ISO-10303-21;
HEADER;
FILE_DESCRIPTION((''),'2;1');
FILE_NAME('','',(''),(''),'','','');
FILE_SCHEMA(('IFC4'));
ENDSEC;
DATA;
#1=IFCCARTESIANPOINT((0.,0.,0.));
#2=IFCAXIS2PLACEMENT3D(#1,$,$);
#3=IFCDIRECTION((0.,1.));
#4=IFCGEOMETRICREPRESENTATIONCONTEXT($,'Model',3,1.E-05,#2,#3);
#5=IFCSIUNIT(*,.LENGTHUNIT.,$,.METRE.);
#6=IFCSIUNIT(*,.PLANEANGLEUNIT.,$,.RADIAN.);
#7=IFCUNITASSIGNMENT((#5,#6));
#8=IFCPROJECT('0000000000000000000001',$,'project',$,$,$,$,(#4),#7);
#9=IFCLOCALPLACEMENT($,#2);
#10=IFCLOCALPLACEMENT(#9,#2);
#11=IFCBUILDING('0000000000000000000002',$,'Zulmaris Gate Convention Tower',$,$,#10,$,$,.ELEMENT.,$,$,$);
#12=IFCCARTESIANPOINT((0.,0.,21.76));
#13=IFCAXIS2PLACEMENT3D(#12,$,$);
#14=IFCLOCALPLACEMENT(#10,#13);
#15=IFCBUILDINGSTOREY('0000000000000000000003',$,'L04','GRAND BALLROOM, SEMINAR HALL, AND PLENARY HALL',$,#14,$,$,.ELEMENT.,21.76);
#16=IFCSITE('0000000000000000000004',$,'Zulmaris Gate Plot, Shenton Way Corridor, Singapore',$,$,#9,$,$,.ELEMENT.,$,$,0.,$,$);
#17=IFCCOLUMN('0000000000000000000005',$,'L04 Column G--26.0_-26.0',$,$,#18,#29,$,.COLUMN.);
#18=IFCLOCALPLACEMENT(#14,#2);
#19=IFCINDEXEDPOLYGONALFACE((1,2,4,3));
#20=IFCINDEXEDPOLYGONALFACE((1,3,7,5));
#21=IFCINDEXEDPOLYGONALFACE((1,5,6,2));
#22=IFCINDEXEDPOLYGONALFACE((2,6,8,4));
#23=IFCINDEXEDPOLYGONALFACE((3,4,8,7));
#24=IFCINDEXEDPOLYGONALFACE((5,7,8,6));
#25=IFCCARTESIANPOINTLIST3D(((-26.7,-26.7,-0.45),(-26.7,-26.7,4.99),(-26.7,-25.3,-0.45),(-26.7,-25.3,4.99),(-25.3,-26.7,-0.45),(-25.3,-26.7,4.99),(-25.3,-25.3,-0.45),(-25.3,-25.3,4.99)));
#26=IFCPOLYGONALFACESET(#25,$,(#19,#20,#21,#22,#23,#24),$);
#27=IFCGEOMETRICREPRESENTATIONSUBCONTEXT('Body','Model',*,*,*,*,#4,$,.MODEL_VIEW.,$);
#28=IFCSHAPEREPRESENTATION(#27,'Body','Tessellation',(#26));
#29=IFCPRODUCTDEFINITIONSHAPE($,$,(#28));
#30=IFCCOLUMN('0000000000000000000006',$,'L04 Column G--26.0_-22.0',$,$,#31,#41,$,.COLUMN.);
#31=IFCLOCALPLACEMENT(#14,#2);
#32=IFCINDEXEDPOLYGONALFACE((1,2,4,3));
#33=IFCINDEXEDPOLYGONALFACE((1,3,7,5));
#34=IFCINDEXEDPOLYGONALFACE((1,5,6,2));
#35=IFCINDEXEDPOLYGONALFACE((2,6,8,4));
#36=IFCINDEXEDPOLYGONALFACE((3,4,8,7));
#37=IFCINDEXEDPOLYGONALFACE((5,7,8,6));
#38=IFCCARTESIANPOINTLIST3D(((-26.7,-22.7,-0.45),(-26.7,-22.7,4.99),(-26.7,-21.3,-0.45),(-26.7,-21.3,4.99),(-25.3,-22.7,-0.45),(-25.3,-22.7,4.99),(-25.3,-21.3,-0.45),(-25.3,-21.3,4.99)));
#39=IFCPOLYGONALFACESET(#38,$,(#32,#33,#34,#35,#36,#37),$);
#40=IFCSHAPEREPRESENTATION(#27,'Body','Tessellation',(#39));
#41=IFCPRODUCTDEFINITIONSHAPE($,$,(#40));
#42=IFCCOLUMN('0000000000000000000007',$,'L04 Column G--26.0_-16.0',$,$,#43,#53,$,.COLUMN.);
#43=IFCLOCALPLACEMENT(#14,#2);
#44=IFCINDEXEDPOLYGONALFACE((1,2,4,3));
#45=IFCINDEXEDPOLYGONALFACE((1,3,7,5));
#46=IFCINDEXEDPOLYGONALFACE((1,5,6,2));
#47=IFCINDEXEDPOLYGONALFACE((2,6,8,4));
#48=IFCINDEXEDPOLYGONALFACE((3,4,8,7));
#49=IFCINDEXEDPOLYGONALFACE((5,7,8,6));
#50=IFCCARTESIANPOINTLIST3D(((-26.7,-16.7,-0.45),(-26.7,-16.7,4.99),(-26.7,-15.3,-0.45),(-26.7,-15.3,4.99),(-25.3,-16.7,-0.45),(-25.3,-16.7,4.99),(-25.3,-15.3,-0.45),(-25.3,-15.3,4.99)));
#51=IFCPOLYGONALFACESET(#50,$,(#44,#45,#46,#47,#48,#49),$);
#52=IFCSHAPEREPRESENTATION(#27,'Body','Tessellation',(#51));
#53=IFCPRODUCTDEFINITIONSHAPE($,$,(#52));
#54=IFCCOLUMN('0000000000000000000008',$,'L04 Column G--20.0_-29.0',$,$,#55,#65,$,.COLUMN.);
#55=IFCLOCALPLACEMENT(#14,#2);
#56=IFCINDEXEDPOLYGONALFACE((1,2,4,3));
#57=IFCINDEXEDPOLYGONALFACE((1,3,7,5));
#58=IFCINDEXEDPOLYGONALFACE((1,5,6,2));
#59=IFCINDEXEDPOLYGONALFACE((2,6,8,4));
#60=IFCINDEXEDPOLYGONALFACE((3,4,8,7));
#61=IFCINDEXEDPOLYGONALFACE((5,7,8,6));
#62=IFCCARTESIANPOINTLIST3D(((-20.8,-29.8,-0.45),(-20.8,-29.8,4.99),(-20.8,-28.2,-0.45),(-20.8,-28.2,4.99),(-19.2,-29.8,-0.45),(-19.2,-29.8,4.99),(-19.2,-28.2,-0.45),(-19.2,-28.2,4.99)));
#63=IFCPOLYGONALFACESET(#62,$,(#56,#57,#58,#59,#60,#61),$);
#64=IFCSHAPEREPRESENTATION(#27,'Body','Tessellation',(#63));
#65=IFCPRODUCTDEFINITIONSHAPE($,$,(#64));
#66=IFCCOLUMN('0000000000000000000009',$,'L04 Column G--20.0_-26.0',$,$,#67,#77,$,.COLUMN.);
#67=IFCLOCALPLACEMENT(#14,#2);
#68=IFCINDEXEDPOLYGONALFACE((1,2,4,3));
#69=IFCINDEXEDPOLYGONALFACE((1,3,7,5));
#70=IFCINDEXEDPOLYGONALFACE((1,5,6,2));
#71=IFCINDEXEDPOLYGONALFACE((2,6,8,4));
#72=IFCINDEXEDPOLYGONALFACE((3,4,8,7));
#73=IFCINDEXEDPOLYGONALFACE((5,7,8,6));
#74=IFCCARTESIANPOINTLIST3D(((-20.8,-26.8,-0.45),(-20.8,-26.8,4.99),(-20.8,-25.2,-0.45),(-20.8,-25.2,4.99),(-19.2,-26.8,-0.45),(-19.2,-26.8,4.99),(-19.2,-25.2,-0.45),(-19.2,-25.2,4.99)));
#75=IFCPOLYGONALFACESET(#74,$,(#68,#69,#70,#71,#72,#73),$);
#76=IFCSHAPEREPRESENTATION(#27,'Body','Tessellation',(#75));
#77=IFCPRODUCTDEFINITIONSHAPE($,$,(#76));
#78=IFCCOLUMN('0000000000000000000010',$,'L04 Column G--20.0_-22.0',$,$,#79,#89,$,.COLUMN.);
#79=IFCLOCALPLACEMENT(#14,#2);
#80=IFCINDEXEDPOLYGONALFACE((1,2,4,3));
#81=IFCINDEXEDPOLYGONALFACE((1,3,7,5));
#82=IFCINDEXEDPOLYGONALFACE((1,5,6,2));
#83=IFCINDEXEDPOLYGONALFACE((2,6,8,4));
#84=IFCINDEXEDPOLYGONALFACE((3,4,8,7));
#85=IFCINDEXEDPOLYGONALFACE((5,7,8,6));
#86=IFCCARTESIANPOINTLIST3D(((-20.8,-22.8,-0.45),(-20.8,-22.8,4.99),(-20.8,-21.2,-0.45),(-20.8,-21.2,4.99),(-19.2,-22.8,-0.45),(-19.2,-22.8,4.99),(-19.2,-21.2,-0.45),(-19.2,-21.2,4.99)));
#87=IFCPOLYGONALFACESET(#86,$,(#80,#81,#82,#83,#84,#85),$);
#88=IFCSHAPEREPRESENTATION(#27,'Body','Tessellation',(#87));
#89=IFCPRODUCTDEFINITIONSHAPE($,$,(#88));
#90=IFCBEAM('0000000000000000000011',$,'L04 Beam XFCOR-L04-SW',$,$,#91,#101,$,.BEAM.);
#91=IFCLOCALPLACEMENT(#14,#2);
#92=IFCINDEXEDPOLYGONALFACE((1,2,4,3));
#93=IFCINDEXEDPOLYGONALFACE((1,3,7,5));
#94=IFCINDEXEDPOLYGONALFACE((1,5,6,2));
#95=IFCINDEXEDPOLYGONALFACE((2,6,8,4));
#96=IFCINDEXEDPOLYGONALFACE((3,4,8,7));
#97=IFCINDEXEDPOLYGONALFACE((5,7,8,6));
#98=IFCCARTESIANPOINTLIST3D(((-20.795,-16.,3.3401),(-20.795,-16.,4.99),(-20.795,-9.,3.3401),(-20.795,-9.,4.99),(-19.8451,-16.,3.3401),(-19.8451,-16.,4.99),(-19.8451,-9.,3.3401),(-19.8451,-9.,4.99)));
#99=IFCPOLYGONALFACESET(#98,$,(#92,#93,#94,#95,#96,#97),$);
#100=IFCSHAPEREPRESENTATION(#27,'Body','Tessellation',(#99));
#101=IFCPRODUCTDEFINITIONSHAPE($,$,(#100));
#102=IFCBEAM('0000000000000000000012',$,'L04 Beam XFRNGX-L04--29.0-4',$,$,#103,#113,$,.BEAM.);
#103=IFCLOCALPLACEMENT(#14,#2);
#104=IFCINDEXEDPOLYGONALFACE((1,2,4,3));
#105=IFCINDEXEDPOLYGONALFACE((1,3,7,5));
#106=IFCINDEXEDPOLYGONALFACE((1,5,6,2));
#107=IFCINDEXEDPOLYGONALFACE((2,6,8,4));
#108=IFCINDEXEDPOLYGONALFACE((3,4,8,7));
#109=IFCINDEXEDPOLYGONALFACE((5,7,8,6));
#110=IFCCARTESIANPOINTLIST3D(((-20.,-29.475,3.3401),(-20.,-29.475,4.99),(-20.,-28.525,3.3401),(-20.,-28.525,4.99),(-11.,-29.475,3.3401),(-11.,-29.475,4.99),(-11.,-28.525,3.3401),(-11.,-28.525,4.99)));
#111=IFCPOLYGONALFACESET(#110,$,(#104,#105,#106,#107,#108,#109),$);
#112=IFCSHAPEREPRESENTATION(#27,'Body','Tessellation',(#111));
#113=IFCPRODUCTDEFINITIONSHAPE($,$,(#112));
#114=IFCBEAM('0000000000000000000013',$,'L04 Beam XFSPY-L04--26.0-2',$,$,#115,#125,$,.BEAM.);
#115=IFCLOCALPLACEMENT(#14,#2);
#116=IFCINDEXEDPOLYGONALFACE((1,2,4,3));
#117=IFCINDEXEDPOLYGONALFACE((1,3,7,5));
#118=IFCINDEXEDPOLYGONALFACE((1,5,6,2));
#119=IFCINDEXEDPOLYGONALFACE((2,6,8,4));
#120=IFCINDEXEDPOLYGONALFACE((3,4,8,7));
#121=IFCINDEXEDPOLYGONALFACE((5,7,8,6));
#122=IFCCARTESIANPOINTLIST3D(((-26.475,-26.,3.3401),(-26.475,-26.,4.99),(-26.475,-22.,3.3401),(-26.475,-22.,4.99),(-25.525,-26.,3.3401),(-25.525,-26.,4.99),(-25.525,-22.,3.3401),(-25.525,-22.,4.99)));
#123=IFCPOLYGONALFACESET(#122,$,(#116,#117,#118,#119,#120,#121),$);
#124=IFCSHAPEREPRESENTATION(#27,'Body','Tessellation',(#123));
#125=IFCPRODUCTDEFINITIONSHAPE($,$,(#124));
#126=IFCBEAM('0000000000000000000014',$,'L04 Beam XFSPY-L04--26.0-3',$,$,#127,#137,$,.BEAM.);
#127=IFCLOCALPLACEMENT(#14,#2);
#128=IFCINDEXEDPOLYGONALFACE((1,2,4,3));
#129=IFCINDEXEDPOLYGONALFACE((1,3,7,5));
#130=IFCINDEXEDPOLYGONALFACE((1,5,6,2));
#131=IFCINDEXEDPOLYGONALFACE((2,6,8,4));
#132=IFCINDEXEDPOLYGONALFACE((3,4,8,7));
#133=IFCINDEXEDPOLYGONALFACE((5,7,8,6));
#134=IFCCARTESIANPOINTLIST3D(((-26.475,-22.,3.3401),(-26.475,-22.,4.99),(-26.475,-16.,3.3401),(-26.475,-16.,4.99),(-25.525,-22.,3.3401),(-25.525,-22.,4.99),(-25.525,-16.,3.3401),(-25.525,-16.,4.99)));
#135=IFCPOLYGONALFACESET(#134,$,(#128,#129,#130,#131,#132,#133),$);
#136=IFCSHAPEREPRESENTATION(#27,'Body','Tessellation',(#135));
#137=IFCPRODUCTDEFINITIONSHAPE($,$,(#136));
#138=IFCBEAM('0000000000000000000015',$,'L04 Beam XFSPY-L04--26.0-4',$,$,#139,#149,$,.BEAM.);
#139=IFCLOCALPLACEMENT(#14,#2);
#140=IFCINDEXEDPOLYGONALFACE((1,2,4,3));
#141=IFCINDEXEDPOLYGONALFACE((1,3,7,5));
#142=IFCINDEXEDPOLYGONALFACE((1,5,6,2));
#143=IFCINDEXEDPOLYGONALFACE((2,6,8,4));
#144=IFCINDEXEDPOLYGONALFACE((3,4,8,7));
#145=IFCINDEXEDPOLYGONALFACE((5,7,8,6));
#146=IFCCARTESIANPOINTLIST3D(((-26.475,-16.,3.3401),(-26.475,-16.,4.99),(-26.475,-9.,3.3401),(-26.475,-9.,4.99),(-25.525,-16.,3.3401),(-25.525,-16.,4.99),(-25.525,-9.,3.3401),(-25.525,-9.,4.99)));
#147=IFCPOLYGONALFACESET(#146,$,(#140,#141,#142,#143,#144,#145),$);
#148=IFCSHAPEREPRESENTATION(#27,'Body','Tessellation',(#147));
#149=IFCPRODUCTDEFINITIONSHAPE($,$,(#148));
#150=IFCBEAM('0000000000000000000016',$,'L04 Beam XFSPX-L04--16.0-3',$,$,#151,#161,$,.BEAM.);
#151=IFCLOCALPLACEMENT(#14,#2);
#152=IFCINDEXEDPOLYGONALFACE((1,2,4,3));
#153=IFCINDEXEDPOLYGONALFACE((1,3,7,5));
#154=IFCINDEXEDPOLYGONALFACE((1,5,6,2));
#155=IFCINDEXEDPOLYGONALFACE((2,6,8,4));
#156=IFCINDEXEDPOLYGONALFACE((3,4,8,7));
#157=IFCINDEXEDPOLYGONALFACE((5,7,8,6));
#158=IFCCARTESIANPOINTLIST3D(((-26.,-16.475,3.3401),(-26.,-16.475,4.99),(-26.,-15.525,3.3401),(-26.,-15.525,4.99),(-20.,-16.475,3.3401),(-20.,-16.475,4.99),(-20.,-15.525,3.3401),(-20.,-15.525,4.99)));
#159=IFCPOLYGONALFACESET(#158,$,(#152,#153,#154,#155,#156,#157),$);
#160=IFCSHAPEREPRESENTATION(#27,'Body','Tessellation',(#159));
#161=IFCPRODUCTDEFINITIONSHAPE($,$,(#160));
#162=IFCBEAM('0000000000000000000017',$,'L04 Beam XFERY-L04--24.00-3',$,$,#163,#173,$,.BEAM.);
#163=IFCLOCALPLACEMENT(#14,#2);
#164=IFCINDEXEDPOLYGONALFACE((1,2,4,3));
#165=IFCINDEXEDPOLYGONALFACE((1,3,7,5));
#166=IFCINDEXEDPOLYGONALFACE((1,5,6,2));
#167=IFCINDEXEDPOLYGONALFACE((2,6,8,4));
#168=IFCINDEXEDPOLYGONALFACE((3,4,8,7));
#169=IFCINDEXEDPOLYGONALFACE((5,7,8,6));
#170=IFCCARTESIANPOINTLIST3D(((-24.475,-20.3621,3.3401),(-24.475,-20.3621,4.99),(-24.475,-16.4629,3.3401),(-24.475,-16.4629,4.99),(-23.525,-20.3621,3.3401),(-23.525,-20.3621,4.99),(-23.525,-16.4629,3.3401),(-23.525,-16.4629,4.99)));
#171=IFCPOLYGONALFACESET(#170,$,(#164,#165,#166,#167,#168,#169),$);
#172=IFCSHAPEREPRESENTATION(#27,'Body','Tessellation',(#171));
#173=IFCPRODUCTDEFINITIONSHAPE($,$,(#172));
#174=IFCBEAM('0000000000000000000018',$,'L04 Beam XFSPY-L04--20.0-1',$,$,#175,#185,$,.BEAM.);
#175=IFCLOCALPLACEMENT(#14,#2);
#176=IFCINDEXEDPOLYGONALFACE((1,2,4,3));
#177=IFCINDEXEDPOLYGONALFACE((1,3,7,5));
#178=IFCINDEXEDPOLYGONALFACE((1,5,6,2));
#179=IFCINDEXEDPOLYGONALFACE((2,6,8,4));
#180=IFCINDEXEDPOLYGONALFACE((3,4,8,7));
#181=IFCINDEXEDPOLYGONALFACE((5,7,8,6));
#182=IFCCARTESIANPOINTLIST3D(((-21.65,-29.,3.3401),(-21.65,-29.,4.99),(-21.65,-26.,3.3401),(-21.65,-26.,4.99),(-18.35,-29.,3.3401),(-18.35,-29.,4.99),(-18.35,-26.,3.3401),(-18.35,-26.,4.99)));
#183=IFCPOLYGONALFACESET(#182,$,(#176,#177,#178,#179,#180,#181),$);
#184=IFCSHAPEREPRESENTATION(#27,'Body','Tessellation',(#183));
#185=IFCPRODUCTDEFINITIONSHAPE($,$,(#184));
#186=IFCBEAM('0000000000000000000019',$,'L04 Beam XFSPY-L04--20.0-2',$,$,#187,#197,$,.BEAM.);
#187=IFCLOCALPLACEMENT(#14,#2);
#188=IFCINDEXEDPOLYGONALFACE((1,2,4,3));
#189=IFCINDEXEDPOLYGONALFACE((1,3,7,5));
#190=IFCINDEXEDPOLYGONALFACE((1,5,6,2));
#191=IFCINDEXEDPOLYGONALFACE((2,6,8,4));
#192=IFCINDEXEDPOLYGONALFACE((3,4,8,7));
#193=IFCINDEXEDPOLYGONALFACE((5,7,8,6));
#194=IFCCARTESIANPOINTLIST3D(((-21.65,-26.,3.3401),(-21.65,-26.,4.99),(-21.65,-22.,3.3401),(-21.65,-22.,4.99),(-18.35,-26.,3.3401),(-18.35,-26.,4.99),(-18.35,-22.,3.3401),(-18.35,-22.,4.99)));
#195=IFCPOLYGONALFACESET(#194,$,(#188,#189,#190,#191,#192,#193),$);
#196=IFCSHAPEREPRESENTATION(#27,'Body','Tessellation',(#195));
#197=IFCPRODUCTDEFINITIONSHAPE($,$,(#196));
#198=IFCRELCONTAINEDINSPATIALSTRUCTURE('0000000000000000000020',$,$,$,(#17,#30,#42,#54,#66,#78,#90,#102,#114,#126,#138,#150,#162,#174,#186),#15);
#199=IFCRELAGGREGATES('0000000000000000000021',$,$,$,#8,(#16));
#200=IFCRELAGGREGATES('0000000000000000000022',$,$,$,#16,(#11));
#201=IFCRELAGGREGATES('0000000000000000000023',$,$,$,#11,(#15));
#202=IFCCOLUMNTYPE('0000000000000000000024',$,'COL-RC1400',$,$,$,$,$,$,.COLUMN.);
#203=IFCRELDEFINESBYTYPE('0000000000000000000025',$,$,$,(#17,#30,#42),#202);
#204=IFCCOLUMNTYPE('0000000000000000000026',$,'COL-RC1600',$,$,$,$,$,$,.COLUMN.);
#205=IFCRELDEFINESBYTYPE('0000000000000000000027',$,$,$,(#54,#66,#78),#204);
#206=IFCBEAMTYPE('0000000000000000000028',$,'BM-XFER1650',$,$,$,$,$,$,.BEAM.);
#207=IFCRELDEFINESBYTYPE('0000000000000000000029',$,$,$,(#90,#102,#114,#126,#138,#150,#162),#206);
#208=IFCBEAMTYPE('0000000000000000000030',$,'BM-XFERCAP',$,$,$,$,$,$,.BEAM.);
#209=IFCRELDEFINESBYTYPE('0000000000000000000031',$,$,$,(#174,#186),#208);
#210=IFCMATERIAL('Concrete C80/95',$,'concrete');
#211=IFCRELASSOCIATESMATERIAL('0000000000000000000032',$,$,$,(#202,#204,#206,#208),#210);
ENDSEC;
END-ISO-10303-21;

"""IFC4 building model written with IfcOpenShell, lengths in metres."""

from ifc_helpers import new_model, si_unit, direction, frame, origin, origin_2d, place, context, subcontext, project, spatial, rectangle, extrude, material, material_profile, profile_set, type_object, element, save


model = new_model("IFC4")

# Units and contexts
model_context = context("Model", 3, precision=1e-05, world=origin(), true_north=direction((0.0, 1.0)))
body_context = subcontext(model_context, "Body", "Model", "MODEL_VIEW")
ifc_project = project(units=[si_unit("LENGTHUNIT", "METRE"), si_unit("PLANEANGLEUNIT", "RADIAN")], contexts=[model_context])

# Site, building, storey
site_placement = place(None, origin())
site = spatial("IfcSite", under=ifc_project, at=site_placement, Name="Zulmaris Gate Plot, Shenton Way Corridor, Singapore", CompositionType="ELEMENT", RefElevation=0.0)
building_placement = place(site_placement, origin())
building = spatial("IfcBuilding", under=site, at=building_placement, Name="Zulmaris Gate Convention Tower", CompositionType="ELEMENT")
storey_placement = place(building_placement, frame((0.0, 0.0, 21.76)))
storey = spatial("IfcBuildingStorey", under=building, at=storey_placement, Name="L04", Description="GRAND BALLROOM, SEMINAR HALL, AND PLENARY HALL", CompositionType="ELEMENT", Elevation=21.76)

# Columns
ifc_material_1 = material(Name="Concrete C80/95", Category="concrete")
ifc_material_profile_1 = material_profile(ifc_material_1, rectangle(XDim=1.3999, YDim=1.3999, at=origin_2d()), Name="RC COL 1400x1400")
ifc_profile_set_1 = profile_set([ifc_material_profile_1], Name="Concrete C80/95")
column_type_1 = type_object("IfcColumnType", Name="COL-RC1400", PredefinedType="COLUMN", material=ifc_profile_set_1)
for number, where, z_axis, x_axis, name in (
    (1, (-26.0, -26.0, -0.45), (0.0, 0.0, 1.0), (1.0, 0.0, 0.0), "L04 Column G--26.0_-26.0"),
    (2, (-26.0, -22.0, -0.45), (0.0, 0.0, 1.0), (1.0, 0.0, 0.0), "L04 Column G--26.0_-22.0"),
    (3, (-26.0, -16.0, -0.45), (0.0, 0.0, 1.0), (1.0, 0.0, 0.0), "L04 Column G--26.0_-16.0"),
):
    element("IfcColumn", number, at=place(storey_placement, frame(where, z_axis=z_axis, x_axis=x_axis)), inside=storey, type_object=column_type_1, Name=name, PredefinedType="COLUMN", context=body_context, shape_type="SweptSolid", body=[
        extrude(rectangle(XDim=1.3999, YDim=1.3999, at=origin_2d()), origin(), (0.0, 0.0, 1.0), 5.4399),
    ])
ifc_material_profile_2 = material_profile(ifc_material_1, rectangle(XDim=1.6001, YDim=1.6001, at=origin_2d()), Name="RC COL 1600x1600")
ifc_profile_set_2 = profile_set([ifc_material_profile_2], Name="Concrete C80/95")
column_type_2 = type_object("IfcColumnType", Name="COL-RC1600", PredefinedType="COLUMN", material=ifc_profile_set_2)
for number, where, z_axis, x_axis, name in (
    (4, (-20.0, -29.0, -0.45), (0.0, 0.0, 1.0), (1.0, 0.0, 0.0), "L04 Column G--20.0_-29.0"),
    (5, (-20.0, -26.0, -0.45), (0.0, 0.0, 1.0), (1.0, 0.0, 0.0), "L04 Column G--20.0_-26.0"),
    (6, (-20.0, -22.0, -0.45), (0.0, 0.0, 1.0), (1.0, 0.0, 0.0), "L04 Column G--20.0_-22.0"),
):
    element("IfcColumn", number, at=place(storey_placement, frame(where, z_axis=z_axis, x_axis=x_axis)), inside=storey, type_object=column_type_2, Name=name, PredefinedType="COLUMN", context=body_context, shape_type="SweptSolid", body=[
        extrude(rectangle(XDim=1.6001, YDim=1.6001, at=origin_2d()), origin(), (0.0, 0.0, 1.0), 5.4399),
    ])

# Beams
ifc_material_profile_3 = material_profile(ifc_material_1, rectangle(XDim=0.95, YDim=1.6499, at=origin_2d()), Name="RC TRANSFER 950x1650")
ifc_profile_set_3 = profile_set([ifc_material_profile_3], Name="Concrete C80/95")
beam_type_1 = type_object("IfcBeamType", Name="BM-XFER1650", PredefinedType="BEAM", material=ifc_profile_set_3)
beam_1_placement = place(storey_placement, frame((-20.3201, -16.0, 4.165), z_axis=(0.0, 1.0, 0.0), x_axis=(-1.0, 0.0, 0.0)))
element("IfcBeam", 7, at=beam_1_placement, inside=storey, type_object=beam_type_1, Name="L04 Beam XFCOR-L04-SW", PredefinedType="BEAM", context=body_context, shape_type="SweptSolid", body=[
    extrude(rectangle(XDim=0.95, YDim=1.6499, at=origin_2d()), origin(), (0.0, 0.0, 1.0), 7.0),
])
beam_2_placement = place(storey_placement, frame((-20.0, -29.0, 4.165), z_axis=(1.0, 0.0, 0.0), x_axis=(0.0, 1.0, 0.0)))
element("IfcBeam", 8, at=beam_2_placement, inside=storey, type_object=beam_type_1, Name="L04 Beam XFRNGX-L04--29.0-4", PredefinedType="BEAM", context=body_context, shape_type="SweptSolid", body=[
    extrude(rectangle(XDim=0.95, YDim=1.6499, at=origin_2d()), origin(), (0.0, 0.0, 1.0), 9.0),
])
beam_3_placement = place(storey_placement, frame((-26.0, -26.0, 4.165), z_axis=(0.0, 1.0, 0.0), x_axis=(-1.0, 0.0, 0.0)))
element("IfcBeam", 9, at=beam_3_placement, inside=storey, type_object=beam_type_1, Name="L04 Beam XFSPY-L04--26.0-2", PredefinedType="BEAM", context=body_context, shape_type="SweptSolid", body=[
    extrude(rectangle(XDim=0.95, YDim=1.6499, at=origin_2d()), origin(), (0.0, 0.0, 1.0), 4.0),
])
beam_4_placement = place(storey_placement, frame((-26.0, -22.0, 4.165), z_axis=(0.0, 1.0, 0.0), x_axis=(-1.0, 0.0, 0.0)))
element("IfcBeam", 10, at=beam_4_placement, inside=storey, type_object=beam_type_1, Name="L04 Beam XFSPY-L04--26.0-3", PredefinedType="BEAM", context=body_context, shape_type="SweptSolid", body=[
    extrude(rectangle(XDim=0.95, YDim=1.6499, at=origin_2d()), origin(), (0.0, 0.0, 1.0), 6.0),
])
beam_5_placement = place(storey_placement, frame((-26.0, -16.0, 4.165), z_axis=(0.0, 1.0, 0.0), x_axis=(-1.0, 0.0, 0.0)))
element("IfcBeam", 11, at=beam_5_placement, inside=storey, type_object=beam_type_1, Name="L04 Beam XFSPY-L04--26.0-4", PredefinedType="BEAM", context=body_context, shape_type="SweptSolid", body=[
    extrude(rectangle(XDim=0.95, YDim=1.6499, at=origin_2d()), origin(), (0.0, 0.0, 1.0), 7.0),
])
beam_6_placement = place(storey_placement, frame((-26.0, -16.0, 4.165), z_axis=(1.0, 0.0, 0.0), x_axis=(0.0, 1.0, 0.0)))
element("IfcBeam", 12, at=beam_6_placement, inside=storey, type_object=beam_type_1, Name="L04 Beam XFSPX-L04--16.0-3", PredefinedType="BEAM", context=body_context, shape_type="SweptSolid", body=[
    extrude(rectangle(XDim=0.95, YDim=1.6499, at=origin_2d()), origin(), (0.0, 0.0, 1.0), 6.0),
])
beam_7_placement = place(storey_placement, frame((-24.0, -20.3621, 4.165), z_axis=(0.0, 1.0, 0.0), x_axis=(-1.0, 0.0, 0.0)))
element("IfcBeam", 13, at=beam_7_placement, inside=storey, type_object=beam_type_1, Name="L04 Beam XFERY-L04--24.00-3", PredefinedType="BEAM", context=body_context, shape_type="SweptSolid", body=[
    extrude(rectangle(XDim=0.95, YDim=1.6499, at=origin_2d()), origin(), (0.0, 0.0, 1.0), 3.8992),
])
ifc_material_profile_4 = material_profile(ifc_material_1, rectangle(XDim=3.3, YDim=1.6499, at=origin_2d()), Name="RC TRANSFER 3300x1650")
ifc_profile_set_4 = profile_set([ifc_material_profile_4], Name="Concrete C80/95")
beam_type_2 = type_object("IfcBeamType", Name="BM-XFERCAP", PredefinedType="BEAM", material=ifc_profile_set_4)
beam_8_placement = place(storey_placement, frame((-20.0, -29.0, 4.165), z_axis=(0.0, 1.0, 0.0), x_axis=(-1.0, 0.0, 0.0)))
element("IfcBeam", 14, at=beam_8_placement, inside=storey, type_object=beam_type_2, Name="L04 Beam XFSPY-L04--20.0-1", PredefinedType="BEAM", context=body_context, shape_type="SweptSolid", body=[
    extrude(rectangle(XDim=3.3, YDim=1.6499, at=origin_2d()), origin(), (0.0, 0.0, 1.0), 3.0),
])
beam_9_placement = place(storey_placement, frame((-20.0, -26.0, 4.165), z_axis=(0.0, 1.0, 0.0), x_axis=(-1.0, 0.0, 0.0)))
element("IfcBeam", 15, at=beam_9_placement, inside=storey, type_object=beam_type_2, Name="L04 Beam XFSPY-L04--20.0-2", PredefinedType="BEAM", context=body_context, shape_type="SweptSolid", body=[
    extrude(rectangle(XDim=3.3, YDim=1.6499, at=origin_2d()), origin(), (0.0, 0.0, 1.0), 4.0),
])

save(model, "model.ifc")
